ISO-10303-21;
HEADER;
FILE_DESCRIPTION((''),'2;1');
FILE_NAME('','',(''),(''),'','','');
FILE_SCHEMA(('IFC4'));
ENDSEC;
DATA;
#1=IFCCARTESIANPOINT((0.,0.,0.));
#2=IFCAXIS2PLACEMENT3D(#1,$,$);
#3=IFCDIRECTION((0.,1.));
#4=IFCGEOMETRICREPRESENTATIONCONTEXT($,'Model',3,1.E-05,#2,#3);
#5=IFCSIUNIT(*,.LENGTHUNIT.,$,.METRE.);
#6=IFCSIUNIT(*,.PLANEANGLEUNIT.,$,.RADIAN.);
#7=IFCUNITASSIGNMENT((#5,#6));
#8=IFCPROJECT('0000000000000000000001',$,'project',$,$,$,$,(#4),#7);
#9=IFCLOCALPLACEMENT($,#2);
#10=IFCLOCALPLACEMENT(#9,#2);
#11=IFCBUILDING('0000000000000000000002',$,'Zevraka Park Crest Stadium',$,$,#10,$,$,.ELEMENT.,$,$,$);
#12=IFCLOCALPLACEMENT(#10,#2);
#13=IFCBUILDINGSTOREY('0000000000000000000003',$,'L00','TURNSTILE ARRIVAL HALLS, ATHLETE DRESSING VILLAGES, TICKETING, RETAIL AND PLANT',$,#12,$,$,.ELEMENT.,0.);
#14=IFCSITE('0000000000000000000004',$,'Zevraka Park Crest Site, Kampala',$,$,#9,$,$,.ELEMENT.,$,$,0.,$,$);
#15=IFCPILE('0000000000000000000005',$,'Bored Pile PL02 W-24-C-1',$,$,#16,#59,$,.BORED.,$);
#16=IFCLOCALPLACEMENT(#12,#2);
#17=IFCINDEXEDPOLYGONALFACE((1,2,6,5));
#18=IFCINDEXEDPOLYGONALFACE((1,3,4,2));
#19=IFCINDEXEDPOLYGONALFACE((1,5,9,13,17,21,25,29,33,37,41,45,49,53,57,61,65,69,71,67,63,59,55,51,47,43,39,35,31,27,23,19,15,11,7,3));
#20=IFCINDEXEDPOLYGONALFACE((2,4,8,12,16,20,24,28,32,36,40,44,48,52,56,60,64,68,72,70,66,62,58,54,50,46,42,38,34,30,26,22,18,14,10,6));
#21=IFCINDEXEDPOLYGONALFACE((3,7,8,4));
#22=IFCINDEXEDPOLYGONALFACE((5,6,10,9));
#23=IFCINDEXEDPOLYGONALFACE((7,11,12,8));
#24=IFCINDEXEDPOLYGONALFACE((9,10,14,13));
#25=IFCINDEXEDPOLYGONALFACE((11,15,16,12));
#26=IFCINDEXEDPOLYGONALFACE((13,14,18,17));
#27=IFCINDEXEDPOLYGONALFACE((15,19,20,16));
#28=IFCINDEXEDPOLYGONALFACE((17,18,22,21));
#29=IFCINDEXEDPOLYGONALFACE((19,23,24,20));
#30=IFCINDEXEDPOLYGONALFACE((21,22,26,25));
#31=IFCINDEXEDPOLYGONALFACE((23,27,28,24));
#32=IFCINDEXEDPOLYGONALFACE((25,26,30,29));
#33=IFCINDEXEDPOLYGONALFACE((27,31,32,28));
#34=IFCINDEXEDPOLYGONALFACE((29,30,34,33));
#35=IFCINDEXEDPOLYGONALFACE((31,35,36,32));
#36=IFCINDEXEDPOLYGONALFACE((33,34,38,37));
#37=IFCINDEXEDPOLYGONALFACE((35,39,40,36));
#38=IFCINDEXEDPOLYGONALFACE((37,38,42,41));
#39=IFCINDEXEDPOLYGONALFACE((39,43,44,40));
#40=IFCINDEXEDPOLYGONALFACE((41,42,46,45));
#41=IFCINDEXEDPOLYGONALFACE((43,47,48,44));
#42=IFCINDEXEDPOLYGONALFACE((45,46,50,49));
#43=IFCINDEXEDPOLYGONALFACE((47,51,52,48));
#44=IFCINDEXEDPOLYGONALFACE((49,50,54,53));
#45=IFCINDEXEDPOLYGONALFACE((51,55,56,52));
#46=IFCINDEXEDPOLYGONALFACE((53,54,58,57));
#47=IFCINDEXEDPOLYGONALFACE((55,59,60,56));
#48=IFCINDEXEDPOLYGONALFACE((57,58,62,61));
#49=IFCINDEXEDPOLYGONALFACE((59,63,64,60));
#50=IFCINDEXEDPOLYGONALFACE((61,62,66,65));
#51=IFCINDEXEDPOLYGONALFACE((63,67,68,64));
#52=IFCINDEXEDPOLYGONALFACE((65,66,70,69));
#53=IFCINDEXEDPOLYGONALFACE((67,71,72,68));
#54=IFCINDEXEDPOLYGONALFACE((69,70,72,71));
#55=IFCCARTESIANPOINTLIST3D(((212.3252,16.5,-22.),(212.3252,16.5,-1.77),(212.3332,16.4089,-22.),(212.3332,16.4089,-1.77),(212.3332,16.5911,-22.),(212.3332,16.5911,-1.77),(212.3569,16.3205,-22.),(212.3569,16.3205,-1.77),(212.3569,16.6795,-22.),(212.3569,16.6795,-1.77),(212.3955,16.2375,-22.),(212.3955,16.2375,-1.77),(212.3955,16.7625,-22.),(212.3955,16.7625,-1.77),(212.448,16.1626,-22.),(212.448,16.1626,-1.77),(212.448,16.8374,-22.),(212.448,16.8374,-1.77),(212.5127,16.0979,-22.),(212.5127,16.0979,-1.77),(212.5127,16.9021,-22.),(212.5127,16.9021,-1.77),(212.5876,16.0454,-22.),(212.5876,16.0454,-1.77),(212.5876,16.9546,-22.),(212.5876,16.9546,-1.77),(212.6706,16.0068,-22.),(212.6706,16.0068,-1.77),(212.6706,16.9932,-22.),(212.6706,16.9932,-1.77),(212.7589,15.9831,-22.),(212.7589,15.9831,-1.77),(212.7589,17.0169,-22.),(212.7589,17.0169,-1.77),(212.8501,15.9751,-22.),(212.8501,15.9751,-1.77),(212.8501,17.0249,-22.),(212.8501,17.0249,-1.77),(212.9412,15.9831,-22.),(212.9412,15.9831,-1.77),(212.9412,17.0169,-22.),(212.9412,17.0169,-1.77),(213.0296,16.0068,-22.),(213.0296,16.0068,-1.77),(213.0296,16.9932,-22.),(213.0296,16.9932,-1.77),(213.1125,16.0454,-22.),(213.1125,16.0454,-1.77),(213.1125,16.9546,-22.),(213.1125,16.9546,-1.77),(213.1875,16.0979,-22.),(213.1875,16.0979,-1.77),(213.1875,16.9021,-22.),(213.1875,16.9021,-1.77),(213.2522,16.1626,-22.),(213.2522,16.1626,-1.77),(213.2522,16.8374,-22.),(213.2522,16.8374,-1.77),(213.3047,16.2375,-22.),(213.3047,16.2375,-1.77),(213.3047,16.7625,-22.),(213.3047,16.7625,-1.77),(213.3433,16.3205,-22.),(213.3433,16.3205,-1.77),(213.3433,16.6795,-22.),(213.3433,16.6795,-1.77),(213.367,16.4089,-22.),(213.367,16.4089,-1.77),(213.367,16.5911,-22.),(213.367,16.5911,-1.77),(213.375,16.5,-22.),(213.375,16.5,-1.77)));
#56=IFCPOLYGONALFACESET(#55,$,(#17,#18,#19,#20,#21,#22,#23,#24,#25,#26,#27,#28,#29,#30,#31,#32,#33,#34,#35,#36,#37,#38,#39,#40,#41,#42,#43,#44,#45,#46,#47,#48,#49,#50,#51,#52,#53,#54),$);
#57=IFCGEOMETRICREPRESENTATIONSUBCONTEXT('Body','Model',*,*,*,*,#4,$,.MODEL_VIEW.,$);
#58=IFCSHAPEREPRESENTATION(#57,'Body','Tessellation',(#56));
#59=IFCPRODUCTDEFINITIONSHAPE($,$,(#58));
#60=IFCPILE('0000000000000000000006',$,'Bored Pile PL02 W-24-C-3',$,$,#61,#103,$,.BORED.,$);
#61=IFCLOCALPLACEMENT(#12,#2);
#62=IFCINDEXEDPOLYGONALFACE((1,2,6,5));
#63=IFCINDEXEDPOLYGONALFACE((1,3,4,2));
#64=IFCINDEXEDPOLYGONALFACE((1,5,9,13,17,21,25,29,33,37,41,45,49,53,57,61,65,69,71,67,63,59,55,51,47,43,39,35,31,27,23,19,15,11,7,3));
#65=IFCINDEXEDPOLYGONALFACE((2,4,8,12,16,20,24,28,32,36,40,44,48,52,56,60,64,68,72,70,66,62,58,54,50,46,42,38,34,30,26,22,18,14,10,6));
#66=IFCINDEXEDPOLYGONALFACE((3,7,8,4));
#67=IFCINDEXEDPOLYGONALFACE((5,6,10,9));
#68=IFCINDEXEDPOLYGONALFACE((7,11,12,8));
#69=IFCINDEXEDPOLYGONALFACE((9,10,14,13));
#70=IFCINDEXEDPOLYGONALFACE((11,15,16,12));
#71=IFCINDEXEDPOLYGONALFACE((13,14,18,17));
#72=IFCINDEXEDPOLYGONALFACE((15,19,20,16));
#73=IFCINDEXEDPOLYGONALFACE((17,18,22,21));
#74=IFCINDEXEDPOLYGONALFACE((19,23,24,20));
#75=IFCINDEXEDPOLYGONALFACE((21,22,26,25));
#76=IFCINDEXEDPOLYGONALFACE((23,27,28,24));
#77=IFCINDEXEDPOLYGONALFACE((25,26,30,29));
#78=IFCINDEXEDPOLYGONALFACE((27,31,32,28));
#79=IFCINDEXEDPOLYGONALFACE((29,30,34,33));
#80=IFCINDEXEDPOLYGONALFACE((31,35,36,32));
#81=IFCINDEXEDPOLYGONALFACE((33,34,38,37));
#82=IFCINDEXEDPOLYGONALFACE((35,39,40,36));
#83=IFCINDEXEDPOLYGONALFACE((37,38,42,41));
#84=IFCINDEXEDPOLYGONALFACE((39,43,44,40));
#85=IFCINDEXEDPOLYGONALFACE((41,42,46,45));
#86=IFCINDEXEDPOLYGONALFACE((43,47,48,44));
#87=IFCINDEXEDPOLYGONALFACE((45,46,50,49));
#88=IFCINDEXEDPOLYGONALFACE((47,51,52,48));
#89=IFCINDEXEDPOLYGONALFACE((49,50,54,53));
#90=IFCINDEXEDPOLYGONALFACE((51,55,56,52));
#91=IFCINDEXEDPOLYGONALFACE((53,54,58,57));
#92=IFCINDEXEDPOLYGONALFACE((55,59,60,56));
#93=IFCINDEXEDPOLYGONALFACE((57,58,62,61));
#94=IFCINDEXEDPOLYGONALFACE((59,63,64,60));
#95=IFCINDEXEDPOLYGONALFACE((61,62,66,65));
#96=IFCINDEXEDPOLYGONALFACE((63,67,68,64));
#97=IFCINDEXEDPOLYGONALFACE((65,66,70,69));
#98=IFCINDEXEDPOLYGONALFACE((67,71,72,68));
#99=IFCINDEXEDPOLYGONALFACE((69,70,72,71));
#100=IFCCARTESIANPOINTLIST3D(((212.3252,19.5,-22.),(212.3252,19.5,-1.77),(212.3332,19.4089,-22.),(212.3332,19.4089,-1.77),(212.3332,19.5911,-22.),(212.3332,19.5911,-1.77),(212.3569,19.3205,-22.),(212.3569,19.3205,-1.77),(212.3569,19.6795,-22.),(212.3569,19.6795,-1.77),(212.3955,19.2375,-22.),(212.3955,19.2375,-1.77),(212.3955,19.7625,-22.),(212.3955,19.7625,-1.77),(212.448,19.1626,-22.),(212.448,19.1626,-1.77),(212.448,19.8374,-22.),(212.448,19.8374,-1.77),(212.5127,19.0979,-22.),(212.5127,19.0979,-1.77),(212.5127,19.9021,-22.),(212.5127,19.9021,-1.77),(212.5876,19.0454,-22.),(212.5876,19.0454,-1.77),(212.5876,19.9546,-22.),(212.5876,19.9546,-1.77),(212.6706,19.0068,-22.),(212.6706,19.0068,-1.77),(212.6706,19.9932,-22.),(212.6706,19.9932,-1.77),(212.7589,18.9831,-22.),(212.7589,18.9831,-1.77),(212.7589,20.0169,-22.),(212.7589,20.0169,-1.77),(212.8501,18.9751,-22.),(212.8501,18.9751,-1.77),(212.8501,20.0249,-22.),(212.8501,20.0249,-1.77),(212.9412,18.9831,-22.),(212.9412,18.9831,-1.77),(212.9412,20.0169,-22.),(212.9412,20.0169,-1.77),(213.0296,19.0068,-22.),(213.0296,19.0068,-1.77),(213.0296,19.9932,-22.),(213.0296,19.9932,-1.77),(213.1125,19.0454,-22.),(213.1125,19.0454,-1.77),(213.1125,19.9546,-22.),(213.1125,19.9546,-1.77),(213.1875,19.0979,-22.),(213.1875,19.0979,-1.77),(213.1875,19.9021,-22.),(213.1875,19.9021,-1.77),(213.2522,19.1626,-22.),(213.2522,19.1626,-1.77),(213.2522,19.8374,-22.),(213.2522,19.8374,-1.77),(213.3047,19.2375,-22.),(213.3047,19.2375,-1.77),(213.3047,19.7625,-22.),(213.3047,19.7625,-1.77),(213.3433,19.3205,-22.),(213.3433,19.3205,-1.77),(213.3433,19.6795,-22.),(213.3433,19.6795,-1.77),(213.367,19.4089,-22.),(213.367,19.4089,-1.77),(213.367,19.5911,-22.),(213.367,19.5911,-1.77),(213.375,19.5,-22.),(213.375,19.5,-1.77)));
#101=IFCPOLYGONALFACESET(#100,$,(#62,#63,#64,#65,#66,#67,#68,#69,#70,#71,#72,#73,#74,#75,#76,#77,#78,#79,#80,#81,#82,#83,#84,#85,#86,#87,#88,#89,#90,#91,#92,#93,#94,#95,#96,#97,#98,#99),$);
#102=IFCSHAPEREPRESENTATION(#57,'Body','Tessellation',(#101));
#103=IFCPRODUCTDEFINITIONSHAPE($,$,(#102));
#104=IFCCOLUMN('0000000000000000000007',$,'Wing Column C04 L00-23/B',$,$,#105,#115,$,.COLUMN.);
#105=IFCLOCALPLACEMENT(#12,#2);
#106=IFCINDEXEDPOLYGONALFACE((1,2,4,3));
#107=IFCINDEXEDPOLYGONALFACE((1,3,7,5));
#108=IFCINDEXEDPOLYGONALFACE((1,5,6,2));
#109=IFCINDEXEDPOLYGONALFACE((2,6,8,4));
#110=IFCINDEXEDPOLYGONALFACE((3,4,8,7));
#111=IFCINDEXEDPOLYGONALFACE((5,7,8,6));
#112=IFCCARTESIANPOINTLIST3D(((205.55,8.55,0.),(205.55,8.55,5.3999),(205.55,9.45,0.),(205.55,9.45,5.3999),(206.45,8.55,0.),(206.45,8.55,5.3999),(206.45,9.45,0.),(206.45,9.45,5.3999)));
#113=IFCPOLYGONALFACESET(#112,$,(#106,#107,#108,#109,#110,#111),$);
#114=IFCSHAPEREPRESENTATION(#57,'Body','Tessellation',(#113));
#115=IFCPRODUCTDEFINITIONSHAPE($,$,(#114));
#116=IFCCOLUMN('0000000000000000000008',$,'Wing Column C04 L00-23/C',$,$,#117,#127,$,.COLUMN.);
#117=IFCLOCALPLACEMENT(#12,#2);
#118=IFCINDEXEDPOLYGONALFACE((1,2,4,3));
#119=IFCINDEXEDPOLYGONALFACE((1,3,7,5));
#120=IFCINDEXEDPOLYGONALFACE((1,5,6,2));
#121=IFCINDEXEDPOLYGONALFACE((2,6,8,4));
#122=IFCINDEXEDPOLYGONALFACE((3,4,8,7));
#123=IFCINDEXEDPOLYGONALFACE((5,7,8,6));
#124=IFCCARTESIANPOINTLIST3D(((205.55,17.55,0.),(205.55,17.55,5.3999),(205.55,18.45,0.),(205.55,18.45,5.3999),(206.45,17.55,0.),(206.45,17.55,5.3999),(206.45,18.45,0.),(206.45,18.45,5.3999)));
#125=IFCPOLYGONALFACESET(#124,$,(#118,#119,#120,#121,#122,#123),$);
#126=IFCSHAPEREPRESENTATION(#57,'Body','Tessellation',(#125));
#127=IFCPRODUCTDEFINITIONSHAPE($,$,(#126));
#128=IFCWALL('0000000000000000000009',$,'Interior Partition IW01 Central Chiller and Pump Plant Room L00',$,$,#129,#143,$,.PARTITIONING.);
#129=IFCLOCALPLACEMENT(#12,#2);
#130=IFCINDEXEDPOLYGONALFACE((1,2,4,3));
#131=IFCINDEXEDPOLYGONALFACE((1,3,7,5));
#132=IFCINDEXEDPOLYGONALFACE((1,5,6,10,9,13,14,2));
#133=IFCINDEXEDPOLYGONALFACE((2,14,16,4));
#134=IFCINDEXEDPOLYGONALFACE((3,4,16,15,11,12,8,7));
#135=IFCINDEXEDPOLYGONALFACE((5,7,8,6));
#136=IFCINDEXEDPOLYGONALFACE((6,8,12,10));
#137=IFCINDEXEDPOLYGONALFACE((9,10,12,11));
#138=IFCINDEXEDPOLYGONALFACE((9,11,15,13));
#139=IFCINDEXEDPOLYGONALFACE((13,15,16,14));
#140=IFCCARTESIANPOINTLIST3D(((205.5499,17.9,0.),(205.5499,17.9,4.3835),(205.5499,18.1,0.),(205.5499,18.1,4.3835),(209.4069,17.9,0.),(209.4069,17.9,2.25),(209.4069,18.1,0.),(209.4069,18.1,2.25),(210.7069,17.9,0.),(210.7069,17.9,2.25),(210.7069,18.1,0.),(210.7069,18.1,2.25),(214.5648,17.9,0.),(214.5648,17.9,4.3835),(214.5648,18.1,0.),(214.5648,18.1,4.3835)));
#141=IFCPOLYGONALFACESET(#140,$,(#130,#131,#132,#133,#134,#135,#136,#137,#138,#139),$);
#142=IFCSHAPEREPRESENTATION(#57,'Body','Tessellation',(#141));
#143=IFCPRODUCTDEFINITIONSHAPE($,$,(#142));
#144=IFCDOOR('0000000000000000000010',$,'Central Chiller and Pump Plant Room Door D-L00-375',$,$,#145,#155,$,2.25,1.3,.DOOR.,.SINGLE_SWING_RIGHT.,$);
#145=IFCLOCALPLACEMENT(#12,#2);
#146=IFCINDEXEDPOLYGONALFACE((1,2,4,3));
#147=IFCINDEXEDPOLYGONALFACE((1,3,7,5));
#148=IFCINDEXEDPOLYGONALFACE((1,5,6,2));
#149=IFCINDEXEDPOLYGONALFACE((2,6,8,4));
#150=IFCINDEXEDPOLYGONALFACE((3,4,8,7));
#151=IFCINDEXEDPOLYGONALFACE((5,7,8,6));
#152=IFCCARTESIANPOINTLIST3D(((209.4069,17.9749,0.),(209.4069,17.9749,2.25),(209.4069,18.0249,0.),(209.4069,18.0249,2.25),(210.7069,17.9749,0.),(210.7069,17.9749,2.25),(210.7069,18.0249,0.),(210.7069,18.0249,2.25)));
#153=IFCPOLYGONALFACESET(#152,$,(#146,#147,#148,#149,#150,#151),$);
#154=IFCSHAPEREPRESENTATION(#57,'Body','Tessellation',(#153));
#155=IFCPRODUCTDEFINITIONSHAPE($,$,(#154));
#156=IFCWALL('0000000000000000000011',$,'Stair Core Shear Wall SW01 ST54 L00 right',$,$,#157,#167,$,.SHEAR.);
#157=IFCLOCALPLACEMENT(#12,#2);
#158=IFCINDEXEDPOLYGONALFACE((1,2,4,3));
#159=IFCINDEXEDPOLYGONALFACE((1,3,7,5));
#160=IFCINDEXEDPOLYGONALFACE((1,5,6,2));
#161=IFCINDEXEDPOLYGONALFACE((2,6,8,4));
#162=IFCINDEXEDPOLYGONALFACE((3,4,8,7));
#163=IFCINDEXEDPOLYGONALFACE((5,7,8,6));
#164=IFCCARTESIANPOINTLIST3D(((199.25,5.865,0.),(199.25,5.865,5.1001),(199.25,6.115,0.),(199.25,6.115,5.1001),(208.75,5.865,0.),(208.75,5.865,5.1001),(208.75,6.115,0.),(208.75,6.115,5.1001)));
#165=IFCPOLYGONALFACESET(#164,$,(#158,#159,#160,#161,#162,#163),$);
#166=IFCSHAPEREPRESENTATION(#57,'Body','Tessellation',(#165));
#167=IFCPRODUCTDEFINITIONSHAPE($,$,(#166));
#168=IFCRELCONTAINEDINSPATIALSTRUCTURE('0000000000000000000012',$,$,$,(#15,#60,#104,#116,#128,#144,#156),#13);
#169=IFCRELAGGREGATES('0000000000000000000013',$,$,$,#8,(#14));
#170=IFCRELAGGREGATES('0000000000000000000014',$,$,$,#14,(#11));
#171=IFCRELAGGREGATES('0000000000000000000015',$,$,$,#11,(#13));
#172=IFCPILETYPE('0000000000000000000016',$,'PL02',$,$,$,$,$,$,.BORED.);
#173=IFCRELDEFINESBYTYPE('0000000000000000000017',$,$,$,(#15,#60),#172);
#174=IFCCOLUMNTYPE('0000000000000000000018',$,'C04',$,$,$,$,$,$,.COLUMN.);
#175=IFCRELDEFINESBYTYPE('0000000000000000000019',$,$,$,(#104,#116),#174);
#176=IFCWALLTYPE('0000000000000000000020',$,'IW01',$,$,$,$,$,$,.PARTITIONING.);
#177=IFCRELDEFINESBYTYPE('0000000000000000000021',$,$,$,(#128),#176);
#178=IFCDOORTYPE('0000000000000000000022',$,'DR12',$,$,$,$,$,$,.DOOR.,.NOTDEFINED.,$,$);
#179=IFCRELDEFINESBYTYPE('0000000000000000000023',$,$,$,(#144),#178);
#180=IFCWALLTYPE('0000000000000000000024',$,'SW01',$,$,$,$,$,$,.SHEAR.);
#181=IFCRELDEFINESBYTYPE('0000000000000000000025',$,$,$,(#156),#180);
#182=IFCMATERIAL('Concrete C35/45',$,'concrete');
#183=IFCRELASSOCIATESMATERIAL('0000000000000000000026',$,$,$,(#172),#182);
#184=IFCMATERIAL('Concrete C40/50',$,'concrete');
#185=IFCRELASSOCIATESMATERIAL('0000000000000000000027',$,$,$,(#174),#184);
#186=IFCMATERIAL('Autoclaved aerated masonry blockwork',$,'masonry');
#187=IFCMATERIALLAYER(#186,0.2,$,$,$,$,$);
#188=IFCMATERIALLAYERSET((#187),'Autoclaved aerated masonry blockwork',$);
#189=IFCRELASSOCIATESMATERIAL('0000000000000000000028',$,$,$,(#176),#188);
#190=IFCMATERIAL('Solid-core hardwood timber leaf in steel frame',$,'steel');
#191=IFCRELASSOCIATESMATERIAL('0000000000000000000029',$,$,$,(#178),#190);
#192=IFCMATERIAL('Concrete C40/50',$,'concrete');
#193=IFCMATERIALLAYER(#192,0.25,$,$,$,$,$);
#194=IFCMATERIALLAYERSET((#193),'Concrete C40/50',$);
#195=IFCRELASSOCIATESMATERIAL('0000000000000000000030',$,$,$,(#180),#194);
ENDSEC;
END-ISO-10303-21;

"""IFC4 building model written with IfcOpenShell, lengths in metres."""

from ifc_helpers import new_model, si_unit, direction, frame, frame_2d, origin, origin_2d, place, context, subcontext, project, spatial, rectangle, circle, extrude, material, layer, layer_set, material_profile, profile_set, type_object, element, fill, save


model = new_model("IFC4")

# Units and contexts
model_context = context("Model", 3, precision=1e-05, world=origin(), true_north=direction((0.0, 1.0)))
body_context = subcontext(model_context, "Body", "Model", "MODEL_VIEW")
ifc_project = project(units=[si_unit("LENGTHUNIT", "METRE"), si_unit("PLANEANGLEUNIT", "RADIAN")], contexts=[model_context])

# Site, building, storey
site_placement = place(None, origin())
site = spatial("IfcSite", under=ifc_project, at=site_placement, Name="Zevraka Park Crest Site, Kampala", CompositionType="ELEMENT", RefElevation=0.0)
building_placement = place(site_placement, origin())
building = spatial("IfcBuilding", under=site, at=building_placement, Name="Zevraka Park Crest Stadium", CompositionType="ELEMENT")
storey_placement = place(building_placement, origin())
storey = spatial("IfcBuildingStorey", under=building, at=storey_placement, Name="L00", Description="TURNSTILE ARRIVAL HALLS, ATHLETE DRESSING VILLAGES, TICKETING, RETAIL AND PLANT", CompositionType="ELEMENT", Elevation=0.0)

# Piles
ifc_material_1 = material(Name="Concrete C35/45", Category="concrete")
ifc_material_profile_1 = material_profile(ifc_material_1, circle(Radius=0.5249, at=origin_2d()), Name="PILE D1050")
ifc_profile_set_1 = profile_set([ifc_material_profile_1], Name="Concrete C35/45")
pile_type_1 = type_object("IfcPileType", Name="PL02", PredefinedType="BORED", material=ifc_profile_set_1)
for number, where, z_axis, x_axis, name in (
    (1, (212.8501, 16.5, -1.77), (0.0, 0.0, -1.0), (1.0, 0.0, 0.0), "Bored Pile PL02 W-24-C-1"),
    (2, (212.8501, 19.5, -1.77), (0.0, 0.0, -1.0), (1.0, 0.0, 0.0), "Bored Pile PL02 W-24-C-3"),
):
    element("IfcPile", number, at=place(storey_placement, frame(where, z_axis=z_axis, x_axis=x_axis)), inside=storey, type_object=pile_type_1, Name=name, PredefinedType="BORED", context=body_context, shape_type="SweptSolid", body=[
        extrude(circle(Radius=0.5249, at=origin_2d()), origin(), (0.0, 0.0, 1.0), 20.23),
    ])

# Columns
ifc_material_2 = material(Name="Concrete C40/50", Category="concrete")
ifc_material_profile_2 = material_profile(ifc_material_2, rectangle(XDim=0.8999, YDim=0.8999, at=origin_2d()), Name="RC 900x900")
ifc_profile_set_2 = profile_set([ifc_material_profile_2], Name="Concrete C40/50")
column_type = type_object("IfcColumnType", Name="C04", PredefinedType="COLUMN", material=ifc_profile_set_2)
for number, where, z_axis, x_axis, name in (
    (3, (206.0, 9.0, 0.0), (0.0, 0.0, 1.0), (1.0, 0.0, 0.0), "Wing Column C04 L00-23/B"),
    (4, (206.0, 18.0, 0.0), (0.0, 0.0, 1.0), (1.0, 0.0, 0.0), "Wing Column C04 L00-23/C"),
):
    element("IfcColumn", number, at=place(storey_placement, frame(where, z_axis=z_axis, x_axis=x_axis)), inside=storey, type_object=column_type, Name=name, PredefinedType="COLUMN", context=body_context, shape_type="SweptSolid", body=[
        extrude(rectangle(XDim=0.8999, YDim=0.8999, at=origin_2d()), origin(), (0.0, 0.0, 1.0), 5.3999),
    ])

# Wall, opening, door
ifc_material_3 = material(Name="Autoclaved aerated masonry blockwork", Category="masonry")
ifc_layer_1 = layer(ifc_material_3, 0.2)
ifc_layer_set_1 = layer_set([ifc_layer_1], Name="Autoclaved aerated masonry blockwork")
wall_type_1 = type_object("IfcWallType", Name="IW01", PredefinedType="PARTITIONING", material=ifc_layer_set_1)
wall_1_placement = place(storey_placement, frame((205.55, 18.0, 0.0), z_axis=(0.0, 0.0, 1.0), x_axis=(1.0, 0.0, 0.0)))
wall_1 = element("IfcWall", 5, at=wall_1_placement, inside=storey, type_object=wall_type_1, Name="Interior Partition IW01 Central Chiller and Pump Plant Room L00", PredefinedType="PARTITIONING", context=body_context, shape_type="SweptSolid", body=[
    extrude(rectangle(XDim=9.0149, YDim=0.2, at=frame_2d((4.5073, 0.0))), origin(), (0.0, 0.0, 1.0), 4.3835),
])
opening_placement = place(wall_1_placement, frame((3.8569, 0.0, 0.0)))
opening = element("IfcOpeningElement", 6, at=opening_placement, cuts=wall_1, PredefinedType="OPENING", context=body_context, shape_type="SweptSolid", body=[
    extrude(rectangle(XDim=1.3, YDim=2.25, at=frame_2d((0.6499, 1.125))), frame((0.0, 0.1099, 0.0), z_axis=(0.0, -1.0, 0.0), x_axis=(1.0, 0.0, 0.0)), (0.0, 0.0, 1.0), 0.22),
])
ifc_material_4 = material(Name="Solid-core hardwood timber leaf in steel frame", Category="steel")
door_type = type_object("IfcDoorType", Name="DR12", OperationType="NOTDEFINED", PredefinedType="DOOR", material=ifc_material_4)
door_placement = place(opening_placement, origin())
door = element("IfcDoor", 7, at=door_placement, inside=storey, type_object=door_type, Name="Central Chiller and Pump Plant Room Door D-L00-375", OperationType="SINGLE_SWING_RIGHT", OverallHeight=2.25, OverallWidth=1.3, PredefinedType="DOOR", context=body_context, shape_type="SweptSolid", body=[
    extrude(rectangle(XDim=1.3, YDim=2.25, at=frame_2d((0.6499, 1.125))), frame((0.0, 0.0249, 0.0), z_axis=(0.0, -1.0, 0.0), x_axis=(1.0, 0.0, 0.0)), (0.0, 0.0, 1.0), 0.05),
])
fill(opening, door)

# Wall
ifc_material_5 = material(Name="Concrete C40/50", Category="concrete")
ifc_layer_2 = layer(ifc_material_5, 0.25)
ifc_layer_set_2 = layer_set([ifc_layer_2], Name="Concrete C40/50")
wall_type_2 = type_object("IfcWallType", Name="SW01", PredefinedType="SHEAR", material=ifc_layer_set_2)
wall_2_placement = place(storey_placement, frame((208.75, 5.99, 0.0), z_axis=(0.0, 0.0, 1.0), x_axis=(-1.0, 0.0, 0.0)))
element("IfcWall", 8, at=wall_2_placement, inside=storey, type_object=wall_type_2, Name="Stair Core Shear Wall SW01 ST54 L00 right", PredefinedType="SHEAR", context=body_context, shape_type="SweptSolid", body=[
    extrude(rectangle(XDim=9.5, YDim=0.25, at=frame_2d((4.75, 0.0))), origin(), (0.0, 0.0, 1.0), 5.1001),
])

save(model, "model.ifc")
